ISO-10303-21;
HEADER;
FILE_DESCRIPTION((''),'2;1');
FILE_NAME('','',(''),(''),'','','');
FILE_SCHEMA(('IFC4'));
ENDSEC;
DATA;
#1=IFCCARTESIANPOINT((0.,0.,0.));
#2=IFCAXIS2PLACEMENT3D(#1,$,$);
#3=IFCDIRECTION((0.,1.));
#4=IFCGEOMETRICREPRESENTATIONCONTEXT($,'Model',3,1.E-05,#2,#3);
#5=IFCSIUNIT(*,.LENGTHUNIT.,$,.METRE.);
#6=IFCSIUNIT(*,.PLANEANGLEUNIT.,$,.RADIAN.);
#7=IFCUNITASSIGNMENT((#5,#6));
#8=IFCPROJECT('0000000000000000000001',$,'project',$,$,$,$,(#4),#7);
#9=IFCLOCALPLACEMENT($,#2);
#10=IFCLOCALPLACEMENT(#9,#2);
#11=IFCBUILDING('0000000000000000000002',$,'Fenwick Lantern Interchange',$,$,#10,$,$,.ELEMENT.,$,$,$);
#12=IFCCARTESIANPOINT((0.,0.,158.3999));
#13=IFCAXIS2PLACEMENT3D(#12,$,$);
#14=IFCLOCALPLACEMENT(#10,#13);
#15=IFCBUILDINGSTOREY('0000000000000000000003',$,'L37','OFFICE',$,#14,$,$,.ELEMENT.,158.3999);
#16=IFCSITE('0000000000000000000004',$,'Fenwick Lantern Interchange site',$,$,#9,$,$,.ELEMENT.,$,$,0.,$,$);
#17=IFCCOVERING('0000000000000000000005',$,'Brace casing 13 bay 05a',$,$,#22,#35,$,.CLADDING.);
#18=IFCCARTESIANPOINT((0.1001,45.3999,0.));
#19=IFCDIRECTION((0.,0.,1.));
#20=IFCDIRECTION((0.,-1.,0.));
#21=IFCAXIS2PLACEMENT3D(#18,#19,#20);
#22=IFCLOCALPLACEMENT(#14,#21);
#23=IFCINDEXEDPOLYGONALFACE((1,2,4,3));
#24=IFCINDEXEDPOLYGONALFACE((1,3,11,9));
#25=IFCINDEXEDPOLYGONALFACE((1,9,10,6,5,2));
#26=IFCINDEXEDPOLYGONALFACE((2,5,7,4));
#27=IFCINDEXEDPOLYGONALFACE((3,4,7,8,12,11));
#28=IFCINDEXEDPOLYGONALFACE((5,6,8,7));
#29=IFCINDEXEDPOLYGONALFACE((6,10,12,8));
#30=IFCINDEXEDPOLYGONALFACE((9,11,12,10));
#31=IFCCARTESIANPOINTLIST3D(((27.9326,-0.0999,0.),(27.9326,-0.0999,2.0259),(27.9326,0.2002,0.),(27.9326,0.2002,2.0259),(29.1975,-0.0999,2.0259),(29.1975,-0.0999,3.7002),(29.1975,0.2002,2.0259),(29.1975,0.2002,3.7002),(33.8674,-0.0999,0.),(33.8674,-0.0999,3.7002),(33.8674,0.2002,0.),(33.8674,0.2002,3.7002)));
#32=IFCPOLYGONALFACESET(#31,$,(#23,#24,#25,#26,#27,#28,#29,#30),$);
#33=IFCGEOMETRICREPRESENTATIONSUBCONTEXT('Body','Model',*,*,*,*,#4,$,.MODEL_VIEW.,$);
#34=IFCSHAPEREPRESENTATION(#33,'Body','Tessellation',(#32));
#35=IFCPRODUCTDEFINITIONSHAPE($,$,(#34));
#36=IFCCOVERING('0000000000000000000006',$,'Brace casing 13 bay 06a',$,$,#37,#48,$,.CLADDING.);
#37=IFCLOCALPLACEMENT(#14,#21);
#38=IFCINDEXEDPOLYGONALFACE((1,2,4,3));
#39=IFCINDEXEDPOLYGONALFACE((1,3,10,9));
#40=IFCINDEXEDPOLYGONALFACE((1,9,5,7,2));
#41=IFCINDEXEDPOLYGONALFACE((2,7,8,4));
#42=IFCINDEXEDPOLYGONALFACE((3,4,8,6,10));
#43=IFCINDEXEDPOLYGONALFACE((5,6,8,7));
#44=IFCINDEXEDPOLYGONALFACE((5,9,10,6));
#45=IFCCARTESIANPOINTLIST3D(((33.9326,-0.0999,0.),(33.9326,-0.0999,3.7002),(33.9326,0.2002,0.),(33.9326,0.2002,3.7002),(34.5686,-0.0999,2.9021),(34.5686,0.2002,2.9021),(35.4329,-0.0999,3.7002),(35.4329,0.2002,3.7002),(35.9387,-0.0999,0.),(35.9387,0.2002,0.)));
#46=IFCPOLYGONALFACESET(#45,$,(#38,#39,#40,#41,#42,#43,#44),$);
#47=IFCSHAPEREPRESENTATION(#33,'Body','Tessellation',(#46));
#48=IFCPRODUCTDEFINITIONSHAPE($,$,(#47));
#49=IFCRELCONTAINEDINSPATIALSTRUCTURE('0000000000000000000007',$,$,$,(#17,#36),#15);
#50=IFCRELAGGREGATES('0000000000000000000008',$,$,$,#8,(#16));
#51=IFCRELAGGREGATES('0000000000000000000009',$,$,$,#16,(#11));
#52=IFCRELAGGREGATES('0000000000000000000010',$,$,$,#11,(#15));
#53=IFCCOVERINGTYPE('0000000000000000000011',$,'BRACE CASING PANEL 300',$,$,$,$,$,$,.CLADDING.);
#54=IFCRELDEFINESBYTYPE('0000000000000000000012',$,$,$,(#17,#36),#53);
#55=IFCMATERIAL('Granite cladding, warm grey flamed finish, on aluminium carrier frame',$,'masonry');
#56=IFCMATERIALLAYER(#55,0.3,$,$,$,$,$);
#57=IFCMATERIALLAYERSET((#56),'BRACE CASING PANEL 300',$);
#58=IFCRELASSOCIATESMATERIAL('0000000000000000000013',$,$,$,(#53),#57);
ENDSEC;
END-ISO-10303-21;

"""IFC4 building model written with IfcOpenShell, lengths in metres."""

from ifc_helpers import new_model, si_unit, direction, frame, origin, place, context, subcontext, project, spatial, polyline, outline, extrude, material, layer, layer_set, type_object, element, save


model = new_model("IFC4")

# Units and contexts
model_context = context("Model", 3, precision=1e-05, world=origin(), true_north=direction((0.0, 1.0)))
body_context = subcontext(model_context, "Body", "Model", "MODEL_VIEW")
ifc_project = project(units=[si_unit("LENGTHUNIT", "METRE"), si_unit("PLANEANGLEUNIT", "RADIAN")], contexts=[model_context])

# Site, building, storey
site_placement = place(None, origin())
site = spatial("IfcSite", under=ifc_project, at=site_placement, Name="Fenwick Lantern Interchange site", CompositionType="ELEMENT", RefElevation=0.0)
building_placement = place(site_placement, origin())
building = spatial("IfcBuilding", under=site, at=building_placement, Name="Fenwick Lantern Interchange", CompositionType="ELEMENT")
storey_placement = place(building_placement, frame((0.0, 0.0, 158.3999)))
storey = spatial("IfcBuildingStorey", under=building, at=storey_placement, Name="L37", Description="OFFICE", CompositionType="ELEMENT", Elevation=158.3999)

# Coverings
ifc_material_1 = material(Name="Granite cladding, warm grey flamed finish, on aluminium carrier frame", Category="masonry")
ifc_layer_1 = layer(ifc_material_1, 0.3)
ifc_layer_set_1 = layer_set([ifc_layer_1], Name="BRACE CASING PANEL 300")
covering_type = type_object("IfcCoveringType", Name="BRACE CASING PANEL 300", PredefinedType="CLADDING", material=ifc_layer_set_1)
covering_1_placement = place(storey_placement, frame((0.1001, 45.3999, 0.0), z_axis=(0.0, 0.0, 1.0), x_axis=(0.0, -1.0, 0.0)))
element("IfcCovering", 1, at=covering_1_placement, inside=storey, type_object=covering_type, Name="Brace casing 13 bay 05a", PredefinedType="CLADDING", context=body_context, shape_type="SweptSolid", body=[
    extrude(outline(polyline([(27.9326, 0.0), (33.8674, 0.0), (33.8674, 3.7002), (29.1975, 3.7002), (29.1975, 2.0259), (27.9326, 2.0259), (27.9326, 0.0)])), frame((0.0, 0.2002, 0.0), z_axis=(0.0, -1.0, 0.0), x_axis=(1.0, 0.0, 0.0)), (0.0, 0.0, 1.0), 0.3),
])
covering_2_placement = place(storey_placement, frame((0.1001, 45.3999, 0.0), z_axis=(0.0, 0.0, 1.0), x_axis=(0.0, -1.0, 0.0)))
element("IfcCovering", 2, at=covering_2_placement, inside=storey, type_object=covering_type, Name="Brace casing 13 bay 06a", PredefinedType="CLADDING", context=body_context, shape_type="SweptSolid", body=[
    extrude(outline(polyline([(33.9326, 0.0), (35.9387, 0.0), (34.5686, 2.9021), (35.4329, 3.7002), (33.9326, 3.7002), (33.9326, 0.0)])), frame((0.0, 0.2002, 0.0), z_axis=(0.0, -1.0, 0.0), x_axis=(1.0, 0.0, 0.0)), (0.0, 0.0, 1.0), 0.3),
])

save(model, "model.ifc")
